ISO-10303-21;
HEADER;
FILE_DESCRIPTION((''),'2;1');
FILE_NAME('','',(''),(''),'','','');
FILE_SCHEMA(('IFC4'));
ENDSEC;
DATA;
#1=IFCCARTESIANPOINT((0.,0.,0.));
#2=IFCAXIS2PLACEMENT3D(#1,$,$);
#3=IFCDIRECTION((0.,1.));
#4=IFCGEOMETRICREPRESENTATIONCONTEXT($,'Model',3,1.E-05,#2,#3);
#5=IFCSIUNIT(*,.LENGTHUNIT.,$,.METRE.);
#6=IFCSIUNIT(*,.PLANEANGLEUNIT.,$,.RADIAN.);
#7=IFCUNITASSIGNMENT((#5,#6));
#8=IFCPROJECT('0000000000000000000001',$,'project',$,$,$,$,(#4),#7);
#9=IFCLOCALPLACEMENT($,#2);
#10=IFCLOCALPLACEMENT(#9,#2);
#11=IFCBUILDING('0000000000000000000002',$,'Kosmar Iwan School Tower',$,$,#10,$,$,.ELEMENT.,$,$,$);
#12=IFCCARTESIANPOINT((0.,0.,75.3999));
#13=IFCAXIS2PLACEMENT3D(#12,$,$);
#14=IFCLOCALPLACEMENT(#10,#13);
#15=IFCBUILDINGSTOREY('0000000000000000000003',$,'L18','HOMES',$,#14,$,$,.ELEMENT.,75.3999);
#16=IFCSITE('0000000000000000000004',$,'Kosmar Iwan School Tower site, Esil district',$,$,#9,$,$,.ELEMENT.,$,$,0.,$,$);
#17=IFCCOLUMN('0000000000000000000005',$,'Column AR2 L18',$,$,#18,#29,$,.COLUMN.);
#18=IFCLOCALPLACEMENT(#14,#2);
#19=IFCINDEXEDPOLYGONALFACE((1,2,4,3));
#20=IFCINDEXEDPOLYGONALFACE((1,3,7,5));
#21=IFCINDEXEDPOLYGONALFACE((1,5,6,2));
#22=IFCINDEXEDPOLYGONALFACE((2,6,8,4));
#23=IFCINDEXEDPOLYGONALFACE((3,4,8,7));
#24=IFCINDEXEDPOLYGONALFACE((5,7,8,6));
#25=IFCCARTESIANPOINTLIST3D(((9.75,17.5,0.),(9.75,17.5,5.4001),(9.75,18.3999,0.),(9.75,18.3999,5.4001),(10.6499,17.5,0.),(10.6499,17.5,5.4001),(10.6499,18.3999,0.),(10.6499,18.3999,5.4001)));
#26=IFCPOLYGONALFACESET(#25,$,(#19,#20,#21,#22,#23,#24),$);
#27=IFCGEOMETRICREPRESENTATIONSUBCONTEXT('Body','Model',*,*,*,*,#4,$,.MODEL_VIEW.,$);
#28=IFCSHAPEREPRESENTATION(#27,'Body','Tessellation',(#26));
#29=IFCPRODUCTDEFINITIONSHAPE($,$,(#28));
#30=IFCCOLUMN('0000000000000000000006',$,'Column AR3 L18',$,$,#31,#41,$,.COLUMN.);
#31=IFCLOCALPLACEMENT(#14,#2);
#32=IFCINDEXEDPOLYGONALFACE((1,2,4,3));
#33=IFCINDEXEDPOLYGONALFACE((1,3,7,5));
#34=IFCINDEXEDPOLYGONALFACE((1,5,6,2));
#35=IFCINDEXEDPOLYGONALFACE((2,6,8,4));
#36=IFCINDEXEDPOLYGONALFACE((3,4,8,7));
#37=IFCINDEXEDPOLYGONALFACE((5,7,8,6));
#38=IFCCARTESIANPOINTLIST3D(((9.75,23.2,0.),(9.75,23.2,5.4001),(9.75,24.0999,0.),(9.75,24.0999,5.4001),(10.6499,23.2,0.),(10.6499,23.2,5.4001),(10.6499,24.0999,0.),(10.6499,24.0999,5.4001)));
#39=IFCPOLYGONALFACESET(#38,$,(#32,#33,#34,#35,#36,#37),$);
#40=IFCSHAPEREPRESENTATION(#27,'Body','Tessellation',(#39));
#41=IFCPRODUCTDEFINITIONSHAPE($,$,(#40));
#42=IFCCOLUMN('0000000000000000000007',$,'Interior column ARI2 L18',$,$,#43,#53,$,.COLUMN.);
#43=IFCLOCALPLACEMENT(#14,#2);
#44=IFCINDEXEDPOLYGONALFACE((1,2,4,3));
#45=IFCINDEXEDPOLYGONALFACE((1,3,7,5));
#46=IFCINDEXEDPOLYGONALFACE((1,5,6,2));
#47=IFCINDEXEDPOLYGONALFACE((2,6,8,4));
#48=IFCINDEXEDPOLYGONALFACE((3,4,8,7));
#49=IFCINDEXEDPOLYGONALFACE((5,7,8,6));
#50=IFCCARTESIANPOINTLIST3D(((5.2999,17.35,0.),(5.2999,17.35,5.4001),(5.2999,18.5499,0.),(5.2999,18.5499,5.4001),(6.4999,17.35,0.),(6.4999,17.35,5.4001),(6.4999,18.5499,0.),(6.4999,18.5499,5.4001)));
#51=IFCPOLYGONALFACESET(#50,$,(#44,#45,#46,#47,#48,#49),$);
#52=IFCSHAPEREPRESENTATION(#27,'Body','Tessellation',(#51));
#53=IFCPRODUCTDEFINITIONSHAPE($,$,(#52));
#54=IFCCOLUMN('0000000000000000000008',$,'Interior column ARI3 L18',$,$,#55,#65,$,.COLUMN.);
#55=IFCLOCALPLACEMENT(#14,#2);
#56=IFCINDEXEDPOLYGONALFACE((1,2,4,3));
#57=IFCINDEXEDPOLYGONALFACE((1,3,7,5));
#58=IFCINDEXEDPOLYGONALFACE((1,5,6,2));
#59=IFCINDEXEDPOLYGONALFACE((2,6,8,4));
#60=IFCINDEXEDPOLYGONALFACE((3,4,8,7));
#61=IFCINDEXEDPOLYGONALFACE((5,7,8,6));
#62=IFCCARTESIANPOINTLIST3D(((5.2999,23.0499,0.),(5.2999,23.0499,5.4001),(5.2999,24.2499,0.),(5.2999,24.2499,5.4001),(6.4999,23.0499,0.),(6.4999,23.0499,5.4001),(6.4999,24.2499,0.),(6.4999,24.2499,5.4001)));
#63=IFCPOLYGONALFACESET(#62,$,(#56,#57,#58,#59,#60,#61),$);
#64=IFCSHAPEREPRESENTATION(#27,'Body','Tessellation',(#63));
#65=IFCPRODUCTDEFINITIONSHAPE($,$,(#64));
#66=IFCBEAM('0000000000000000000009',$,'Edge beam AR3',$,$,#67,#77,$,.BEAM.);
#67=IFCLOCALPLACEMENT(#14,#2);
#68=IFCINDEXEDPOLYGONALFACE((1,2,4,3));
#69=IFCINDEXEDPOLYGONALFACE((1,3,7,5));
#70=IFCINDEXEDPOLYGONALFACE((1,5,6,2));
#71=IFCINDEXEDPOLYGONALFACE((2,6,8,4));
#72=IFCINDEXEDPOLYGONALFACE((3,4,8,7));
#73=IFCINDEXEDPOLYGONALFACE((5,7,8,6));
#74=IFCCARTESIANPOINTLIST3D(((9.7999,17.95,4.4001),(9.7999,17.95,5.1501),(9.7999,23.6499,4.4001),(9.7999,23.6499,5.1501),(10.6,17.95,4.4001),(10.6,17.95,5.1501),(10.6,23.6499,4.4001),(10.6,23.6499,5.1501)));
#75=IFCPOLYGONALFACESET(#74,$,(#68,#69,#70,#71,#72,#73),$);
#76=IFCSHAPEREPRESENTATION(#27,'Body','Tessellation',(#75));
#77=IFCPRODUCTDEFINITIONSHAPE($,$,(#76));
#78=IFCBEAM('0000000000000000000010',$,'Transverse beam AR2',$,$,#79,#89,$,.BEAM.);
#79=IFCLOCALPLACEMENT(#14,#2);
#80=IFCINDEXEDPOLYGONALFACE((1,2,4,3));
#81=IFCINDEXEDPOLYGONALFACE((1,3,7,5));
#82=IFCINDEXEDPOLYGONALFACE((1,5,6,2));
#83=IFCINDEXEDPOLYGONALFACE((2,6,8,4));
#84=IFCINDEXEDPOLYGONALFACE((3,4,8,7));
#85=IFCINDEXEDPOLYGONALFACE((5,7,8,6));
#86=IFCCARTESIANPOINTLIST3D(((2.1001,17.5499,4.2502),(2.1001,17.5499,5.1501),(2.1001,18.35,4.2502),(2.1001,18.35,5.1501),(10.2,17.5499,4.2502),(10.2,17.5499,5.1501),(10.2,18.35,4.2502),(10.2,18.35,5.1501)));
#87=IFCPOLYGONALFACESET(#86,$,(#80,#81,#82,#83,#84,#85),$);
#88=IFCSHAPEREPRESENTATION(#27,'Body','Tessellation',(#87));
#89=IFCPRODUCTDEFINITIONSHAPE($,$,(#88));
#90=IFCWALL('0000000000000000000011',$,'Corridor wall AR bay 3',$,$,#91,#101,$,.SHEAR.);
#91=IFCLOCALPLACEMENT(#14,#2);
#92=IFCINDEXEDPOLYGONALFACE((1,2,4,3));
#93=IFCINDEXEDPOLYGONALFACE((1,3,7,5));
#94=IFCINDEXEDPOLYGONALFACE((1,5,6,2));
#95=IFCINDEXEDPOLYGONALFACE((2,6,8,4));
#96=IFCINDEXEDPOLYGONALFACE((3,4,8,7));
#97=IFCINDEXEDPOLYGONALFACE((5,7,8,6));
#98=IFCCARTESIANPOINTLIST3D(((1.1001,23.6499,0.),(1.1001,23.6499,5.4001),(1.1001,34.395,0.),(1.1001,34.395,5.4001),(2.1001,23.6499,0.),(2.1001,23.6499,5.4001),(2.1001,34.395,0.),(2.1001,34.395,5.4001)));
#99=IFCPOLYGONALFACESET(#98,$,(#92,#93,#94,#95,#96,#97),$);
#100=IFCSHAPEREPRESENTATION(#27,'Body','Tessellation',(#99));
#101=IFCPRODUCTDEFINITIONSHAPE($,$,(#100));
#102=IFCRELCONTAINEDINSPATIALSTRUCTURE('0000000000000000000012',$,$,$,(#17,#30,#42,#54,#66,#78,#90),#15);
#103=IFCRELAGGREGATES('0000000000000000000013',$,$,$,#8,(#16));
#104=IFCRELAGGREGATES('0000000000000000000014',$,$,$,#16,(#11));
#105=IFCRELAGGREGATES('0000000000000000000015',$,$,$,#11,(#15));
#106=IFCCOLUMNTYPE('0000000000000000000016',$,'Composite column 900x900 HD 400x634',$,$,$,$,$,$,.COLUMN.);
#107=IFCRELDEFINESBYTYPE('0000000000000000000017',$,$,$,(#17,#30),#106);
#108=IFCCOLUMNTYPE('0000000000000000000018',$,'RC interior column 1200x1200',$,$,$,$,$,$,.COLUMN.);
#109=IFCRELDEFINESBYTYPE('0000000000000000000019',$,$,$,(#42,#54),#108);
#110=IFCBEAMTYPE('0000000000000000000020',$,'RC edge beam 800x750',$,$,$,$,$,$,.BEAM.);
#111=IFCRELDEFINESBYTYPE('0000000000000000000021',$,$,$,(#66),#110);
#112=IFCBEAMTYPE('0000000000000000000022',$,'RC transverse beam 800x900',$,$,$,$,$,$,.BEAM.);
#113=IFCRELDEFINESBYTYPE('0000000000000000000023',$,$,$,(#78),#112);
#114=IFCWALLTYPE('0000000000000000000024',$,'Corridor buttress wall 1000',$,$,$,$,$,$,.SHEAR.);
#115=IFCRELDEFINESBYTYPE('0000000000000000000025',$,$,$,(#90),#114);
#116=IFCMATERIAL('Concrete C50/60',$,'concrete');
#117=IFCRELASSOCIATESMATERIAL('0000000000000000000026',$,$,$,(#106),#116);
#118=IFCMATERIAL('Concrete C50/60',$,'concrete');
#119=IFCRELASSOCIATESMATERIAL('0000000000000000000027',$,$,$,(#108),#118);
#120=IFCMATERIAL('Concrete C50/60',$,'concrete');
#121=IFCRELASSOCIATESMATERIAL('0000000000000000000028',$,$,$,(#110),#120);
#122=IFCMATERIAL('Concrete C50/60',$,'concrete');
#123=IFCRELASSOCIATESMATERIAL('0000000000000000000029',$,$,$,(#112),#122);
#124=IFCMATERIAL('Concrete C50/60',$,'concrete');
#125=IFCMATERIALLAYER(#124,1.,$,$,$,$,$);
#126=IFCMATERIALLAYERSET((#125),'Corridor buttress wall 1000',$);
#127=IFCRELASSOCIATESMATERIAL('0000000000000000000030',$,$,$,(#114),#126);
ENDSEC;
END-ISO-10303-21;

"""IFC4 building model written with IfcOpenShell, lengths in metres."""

from ifc_helpers import new_model, si_unit, direction, frame, frame_2d, origin, origin_2d, place, context, subcontext, project, spatial, rectangle, extrude, material, layer, layer_set, material_profile, profile_set, type_object, element, save


model = new_model("IFC4")

# Units and contexts
model_context = context("Model", 3, precision=1e-05, world=origin(), true_north=direction((0.0, 1.0)))
body_context = subcontext(model_context, "Body", "Model", "MODEL_VIEW")
ifc_project = project(units=[si_unit("LENGTHUNIT", "METRE"), si_unit("PLANEANGLEUNIT", "RADIAN")], contexts=[model_context])

# Site, building, storey
site_placement = place(None, origin())
site = spatial("IfcSite", under=ifc_project, at=site_placement, Name="Kosmar Iwan School Tower site, Esil district", CompositionType="ELEMENT", RefElevation=0.0)
building_placement = place(site_placement, origin())
building = spatial("IfcBuilding", under=site, at=building_placement, Name="Kosmar Iwan School Tower", CompositionType="ELEMENT")
storey_placement = place(building_placement, frame((0.0, 0.0, 75.3999)))
storey = spatial("IfcBuildingStorey", under=building, at=storey_placement, Name="L18", Description="HOMES", CompositionType="ELEMENT", Elevation=75.3999)

# Columns
ifc_material_1 = material(Name="Concrete C50/60", Category="concrete")
ifc_material_profile_1 = material_profile(ifc_material_1, rectangle(XDim=0.8999, YDim=0.8999, at=origin_2d()), Name="RC 900x900 + HD 400x634")
ifc_profile_set_1 = profile_set([ifc_material_profile_1], Name="Concrete C50/60")
column_type_1 = type_object("IfcColumnType", Name="Composite column 900x900 HD 400x634", PredefinedType="COLUMN", material=ifc_profile_set_1)
for number, where, z_axis, x_axis, name in (
    (1, (10.2, 17.95, 0.0), (0.0, 0.0, 1.0), (0.0, 1.0, 0.0), "Column AR2 L18"),
    (2, (10.2, 23.6499, 0.0), (0.0, 0.0, 1.0), (0.0, 1.0, 0.0), "Column AR3 L18"),
):
    element("IfcColumn", number, at=place(storey_placement, frame(where, z_axis=z_axis, x_axis=x_axis)), inside=storey, type_object=column_type_1, Name=name, PredefinedType="COLUMN", context=body_context, shape_type="SweptSolid", body=[
        extrude(rectangle(XDim=0.8999, YDim=0.8999, at=origin_2d()), origin(), (0.0, 0.0, 1.0), 5.4001),
    ])
ifc_material_2 = material(Name="Concrete C50/60", Category="concrete")
ifc_material_profile_2 = material_profile(ifc_material_2, rectangle(XDim=1.2, YDim=1.2, at=origin_2d()), Name="RC 1200x1200")
ifc_profile_set_2 = profile_set([ifc_material_profile_2], Name="Concrete C50/60")
column_type_2 = type_object("IfcColumnType", Name="RC interior column 1200x1200", PredefinedType="COLUMN", material=ifc_profile_set_2)
for number, where, z_axis, x_axis, name in (
    (3, (5.8999, 17.95, 0.0), (0.0, 0.0, 1.0), (0.0, 1.0, 0.0), "Interior column ARI2 L18"),
    (4, (5.8999, 23.6499, 0.0), (0.0, 0.0, 1.0), (0.0, 1.0, 0.0), "Interior column ARI3 L18"),
):
    element("IfcColumn", number, at=place(storey_placement, frame(where, z_axis=z_axis, x_axis=x_axis)), inside=storey, type_object=column_type_2, Name=name, PredefinedType="COLUMN", context=body_context, shape_type="SweptSolid", body=[
        extrude(rectangle(XDim=1.2, YDim=1.2, at=origin_2d()), origin(), (0.0, 0.0, 1.0), 5.4001),
    ])

# Beams
ifc_material_3 = material(Name="Concrete C50/60", Category="concrete")
ifc_material_profile_3 = material_profile(ifc_material_3, rectangle(XDim=0.8, YDim=0.75, at=origin_2d()), Name="RC 800x750")
ifc_profile_set_3 = profile_set([ifc_material_profile_3], Name="Concrete C50/60")
beam_type_1 = type_object("IfcBeamType", Name="RC edge beam 800x750", PredefinedType="BEAM", material=ifc_profile_set_3)
beam_1_placement = place(storey_placement, frame((10.2, 17.95, 4.7751), z_axis=(0.0, 1.0, 0.0), x_axis=(-1.0, 0.0, 0.0)))
element("IfcBeam", 5, at=beam_1_placement, inside=storey, type_object=beam_type_1, Name="Edge beam AR3", PredefinedType="BEAM", context=body_context, shape_type="SweptSolid", body=[
    extrude(rectangle(XDim=0.8, YDim=0.75, at=origin_2d()), origin(), (0.0, 0.0, 1.0), 5.7),
])
ifc_material_4 = material(Name="Concrete C50/60", Category="concrete")
ifc_material_profile_4 = material_profile(ifc_material_4, rectangle(XDim=0.8, YDim=0.8999, at=origin_2d()), Name="RC 800x900")
ifc_profile_set_4 = profile_set([ifc_material_profile_4], Name="Concrete C50/60")
beam_type_2 = type_object("IfcBeamType", Name="RC transverse beam 800x900", PredefinedType="BEAM", material=ifc_profile_set_4)
beam_2_placement = place(storey_placement, frame((10.2, 17.95, 4.7002), z_axis=(-1.0, 0.0, 0.0), x_axis=(0.0, -1.0, 0.0)))
element("IfcBeam", 6, at=beam_2_placement, inside=storey, type_object=beam_type_2, Name="Transverse beam AR2", PredefinedType="BEAM", context=body_context, shape_type="SweptSolid", body=[
    extrude(rectangle(XDim=0.8, YDim=0.8999, at=origin_2d()), origin(), (0.0, 0.0, 1.0), 8.0999),
])

# Wall
ifc_material_5 = material(Name="Concrete C50/60", Category="concrete")
ifc_layer_1 = layer(ifc_material_5, 1.0)
ifc_layer_set_1 = layer_set([ifc_layer_1], Name="Corridor buttress wall 1000")
wall_type_1 = type_object("IfcWallType", Name="Corridor buttress wall 1000", PredefinedType="SHEAR", material=ifc_layer_set_1)
wall_1_placement = place(storey_placement, frame((1.6001, 23.6499, 0.0), z_axis=(0.0, 0.0, 1.0), x_axis=(0.0, 1.0, 0.0)))
element("IfcWall", 7, at=wall_1_placement, inside=storey, type_object=wall_type_1, Name="Corridor wall AR bay 3", PredefinedType="SHEAR", context=body_context, shape_type="SweptSolid", body=[
    extrude(rectangle(XDim=10.7451, YDim=1.0, at=frame_2d((5.3726, 0.0))), origin(), (0.0, 0.0, 1.0), 5.4001),
])

save(model, "model.ifc")
